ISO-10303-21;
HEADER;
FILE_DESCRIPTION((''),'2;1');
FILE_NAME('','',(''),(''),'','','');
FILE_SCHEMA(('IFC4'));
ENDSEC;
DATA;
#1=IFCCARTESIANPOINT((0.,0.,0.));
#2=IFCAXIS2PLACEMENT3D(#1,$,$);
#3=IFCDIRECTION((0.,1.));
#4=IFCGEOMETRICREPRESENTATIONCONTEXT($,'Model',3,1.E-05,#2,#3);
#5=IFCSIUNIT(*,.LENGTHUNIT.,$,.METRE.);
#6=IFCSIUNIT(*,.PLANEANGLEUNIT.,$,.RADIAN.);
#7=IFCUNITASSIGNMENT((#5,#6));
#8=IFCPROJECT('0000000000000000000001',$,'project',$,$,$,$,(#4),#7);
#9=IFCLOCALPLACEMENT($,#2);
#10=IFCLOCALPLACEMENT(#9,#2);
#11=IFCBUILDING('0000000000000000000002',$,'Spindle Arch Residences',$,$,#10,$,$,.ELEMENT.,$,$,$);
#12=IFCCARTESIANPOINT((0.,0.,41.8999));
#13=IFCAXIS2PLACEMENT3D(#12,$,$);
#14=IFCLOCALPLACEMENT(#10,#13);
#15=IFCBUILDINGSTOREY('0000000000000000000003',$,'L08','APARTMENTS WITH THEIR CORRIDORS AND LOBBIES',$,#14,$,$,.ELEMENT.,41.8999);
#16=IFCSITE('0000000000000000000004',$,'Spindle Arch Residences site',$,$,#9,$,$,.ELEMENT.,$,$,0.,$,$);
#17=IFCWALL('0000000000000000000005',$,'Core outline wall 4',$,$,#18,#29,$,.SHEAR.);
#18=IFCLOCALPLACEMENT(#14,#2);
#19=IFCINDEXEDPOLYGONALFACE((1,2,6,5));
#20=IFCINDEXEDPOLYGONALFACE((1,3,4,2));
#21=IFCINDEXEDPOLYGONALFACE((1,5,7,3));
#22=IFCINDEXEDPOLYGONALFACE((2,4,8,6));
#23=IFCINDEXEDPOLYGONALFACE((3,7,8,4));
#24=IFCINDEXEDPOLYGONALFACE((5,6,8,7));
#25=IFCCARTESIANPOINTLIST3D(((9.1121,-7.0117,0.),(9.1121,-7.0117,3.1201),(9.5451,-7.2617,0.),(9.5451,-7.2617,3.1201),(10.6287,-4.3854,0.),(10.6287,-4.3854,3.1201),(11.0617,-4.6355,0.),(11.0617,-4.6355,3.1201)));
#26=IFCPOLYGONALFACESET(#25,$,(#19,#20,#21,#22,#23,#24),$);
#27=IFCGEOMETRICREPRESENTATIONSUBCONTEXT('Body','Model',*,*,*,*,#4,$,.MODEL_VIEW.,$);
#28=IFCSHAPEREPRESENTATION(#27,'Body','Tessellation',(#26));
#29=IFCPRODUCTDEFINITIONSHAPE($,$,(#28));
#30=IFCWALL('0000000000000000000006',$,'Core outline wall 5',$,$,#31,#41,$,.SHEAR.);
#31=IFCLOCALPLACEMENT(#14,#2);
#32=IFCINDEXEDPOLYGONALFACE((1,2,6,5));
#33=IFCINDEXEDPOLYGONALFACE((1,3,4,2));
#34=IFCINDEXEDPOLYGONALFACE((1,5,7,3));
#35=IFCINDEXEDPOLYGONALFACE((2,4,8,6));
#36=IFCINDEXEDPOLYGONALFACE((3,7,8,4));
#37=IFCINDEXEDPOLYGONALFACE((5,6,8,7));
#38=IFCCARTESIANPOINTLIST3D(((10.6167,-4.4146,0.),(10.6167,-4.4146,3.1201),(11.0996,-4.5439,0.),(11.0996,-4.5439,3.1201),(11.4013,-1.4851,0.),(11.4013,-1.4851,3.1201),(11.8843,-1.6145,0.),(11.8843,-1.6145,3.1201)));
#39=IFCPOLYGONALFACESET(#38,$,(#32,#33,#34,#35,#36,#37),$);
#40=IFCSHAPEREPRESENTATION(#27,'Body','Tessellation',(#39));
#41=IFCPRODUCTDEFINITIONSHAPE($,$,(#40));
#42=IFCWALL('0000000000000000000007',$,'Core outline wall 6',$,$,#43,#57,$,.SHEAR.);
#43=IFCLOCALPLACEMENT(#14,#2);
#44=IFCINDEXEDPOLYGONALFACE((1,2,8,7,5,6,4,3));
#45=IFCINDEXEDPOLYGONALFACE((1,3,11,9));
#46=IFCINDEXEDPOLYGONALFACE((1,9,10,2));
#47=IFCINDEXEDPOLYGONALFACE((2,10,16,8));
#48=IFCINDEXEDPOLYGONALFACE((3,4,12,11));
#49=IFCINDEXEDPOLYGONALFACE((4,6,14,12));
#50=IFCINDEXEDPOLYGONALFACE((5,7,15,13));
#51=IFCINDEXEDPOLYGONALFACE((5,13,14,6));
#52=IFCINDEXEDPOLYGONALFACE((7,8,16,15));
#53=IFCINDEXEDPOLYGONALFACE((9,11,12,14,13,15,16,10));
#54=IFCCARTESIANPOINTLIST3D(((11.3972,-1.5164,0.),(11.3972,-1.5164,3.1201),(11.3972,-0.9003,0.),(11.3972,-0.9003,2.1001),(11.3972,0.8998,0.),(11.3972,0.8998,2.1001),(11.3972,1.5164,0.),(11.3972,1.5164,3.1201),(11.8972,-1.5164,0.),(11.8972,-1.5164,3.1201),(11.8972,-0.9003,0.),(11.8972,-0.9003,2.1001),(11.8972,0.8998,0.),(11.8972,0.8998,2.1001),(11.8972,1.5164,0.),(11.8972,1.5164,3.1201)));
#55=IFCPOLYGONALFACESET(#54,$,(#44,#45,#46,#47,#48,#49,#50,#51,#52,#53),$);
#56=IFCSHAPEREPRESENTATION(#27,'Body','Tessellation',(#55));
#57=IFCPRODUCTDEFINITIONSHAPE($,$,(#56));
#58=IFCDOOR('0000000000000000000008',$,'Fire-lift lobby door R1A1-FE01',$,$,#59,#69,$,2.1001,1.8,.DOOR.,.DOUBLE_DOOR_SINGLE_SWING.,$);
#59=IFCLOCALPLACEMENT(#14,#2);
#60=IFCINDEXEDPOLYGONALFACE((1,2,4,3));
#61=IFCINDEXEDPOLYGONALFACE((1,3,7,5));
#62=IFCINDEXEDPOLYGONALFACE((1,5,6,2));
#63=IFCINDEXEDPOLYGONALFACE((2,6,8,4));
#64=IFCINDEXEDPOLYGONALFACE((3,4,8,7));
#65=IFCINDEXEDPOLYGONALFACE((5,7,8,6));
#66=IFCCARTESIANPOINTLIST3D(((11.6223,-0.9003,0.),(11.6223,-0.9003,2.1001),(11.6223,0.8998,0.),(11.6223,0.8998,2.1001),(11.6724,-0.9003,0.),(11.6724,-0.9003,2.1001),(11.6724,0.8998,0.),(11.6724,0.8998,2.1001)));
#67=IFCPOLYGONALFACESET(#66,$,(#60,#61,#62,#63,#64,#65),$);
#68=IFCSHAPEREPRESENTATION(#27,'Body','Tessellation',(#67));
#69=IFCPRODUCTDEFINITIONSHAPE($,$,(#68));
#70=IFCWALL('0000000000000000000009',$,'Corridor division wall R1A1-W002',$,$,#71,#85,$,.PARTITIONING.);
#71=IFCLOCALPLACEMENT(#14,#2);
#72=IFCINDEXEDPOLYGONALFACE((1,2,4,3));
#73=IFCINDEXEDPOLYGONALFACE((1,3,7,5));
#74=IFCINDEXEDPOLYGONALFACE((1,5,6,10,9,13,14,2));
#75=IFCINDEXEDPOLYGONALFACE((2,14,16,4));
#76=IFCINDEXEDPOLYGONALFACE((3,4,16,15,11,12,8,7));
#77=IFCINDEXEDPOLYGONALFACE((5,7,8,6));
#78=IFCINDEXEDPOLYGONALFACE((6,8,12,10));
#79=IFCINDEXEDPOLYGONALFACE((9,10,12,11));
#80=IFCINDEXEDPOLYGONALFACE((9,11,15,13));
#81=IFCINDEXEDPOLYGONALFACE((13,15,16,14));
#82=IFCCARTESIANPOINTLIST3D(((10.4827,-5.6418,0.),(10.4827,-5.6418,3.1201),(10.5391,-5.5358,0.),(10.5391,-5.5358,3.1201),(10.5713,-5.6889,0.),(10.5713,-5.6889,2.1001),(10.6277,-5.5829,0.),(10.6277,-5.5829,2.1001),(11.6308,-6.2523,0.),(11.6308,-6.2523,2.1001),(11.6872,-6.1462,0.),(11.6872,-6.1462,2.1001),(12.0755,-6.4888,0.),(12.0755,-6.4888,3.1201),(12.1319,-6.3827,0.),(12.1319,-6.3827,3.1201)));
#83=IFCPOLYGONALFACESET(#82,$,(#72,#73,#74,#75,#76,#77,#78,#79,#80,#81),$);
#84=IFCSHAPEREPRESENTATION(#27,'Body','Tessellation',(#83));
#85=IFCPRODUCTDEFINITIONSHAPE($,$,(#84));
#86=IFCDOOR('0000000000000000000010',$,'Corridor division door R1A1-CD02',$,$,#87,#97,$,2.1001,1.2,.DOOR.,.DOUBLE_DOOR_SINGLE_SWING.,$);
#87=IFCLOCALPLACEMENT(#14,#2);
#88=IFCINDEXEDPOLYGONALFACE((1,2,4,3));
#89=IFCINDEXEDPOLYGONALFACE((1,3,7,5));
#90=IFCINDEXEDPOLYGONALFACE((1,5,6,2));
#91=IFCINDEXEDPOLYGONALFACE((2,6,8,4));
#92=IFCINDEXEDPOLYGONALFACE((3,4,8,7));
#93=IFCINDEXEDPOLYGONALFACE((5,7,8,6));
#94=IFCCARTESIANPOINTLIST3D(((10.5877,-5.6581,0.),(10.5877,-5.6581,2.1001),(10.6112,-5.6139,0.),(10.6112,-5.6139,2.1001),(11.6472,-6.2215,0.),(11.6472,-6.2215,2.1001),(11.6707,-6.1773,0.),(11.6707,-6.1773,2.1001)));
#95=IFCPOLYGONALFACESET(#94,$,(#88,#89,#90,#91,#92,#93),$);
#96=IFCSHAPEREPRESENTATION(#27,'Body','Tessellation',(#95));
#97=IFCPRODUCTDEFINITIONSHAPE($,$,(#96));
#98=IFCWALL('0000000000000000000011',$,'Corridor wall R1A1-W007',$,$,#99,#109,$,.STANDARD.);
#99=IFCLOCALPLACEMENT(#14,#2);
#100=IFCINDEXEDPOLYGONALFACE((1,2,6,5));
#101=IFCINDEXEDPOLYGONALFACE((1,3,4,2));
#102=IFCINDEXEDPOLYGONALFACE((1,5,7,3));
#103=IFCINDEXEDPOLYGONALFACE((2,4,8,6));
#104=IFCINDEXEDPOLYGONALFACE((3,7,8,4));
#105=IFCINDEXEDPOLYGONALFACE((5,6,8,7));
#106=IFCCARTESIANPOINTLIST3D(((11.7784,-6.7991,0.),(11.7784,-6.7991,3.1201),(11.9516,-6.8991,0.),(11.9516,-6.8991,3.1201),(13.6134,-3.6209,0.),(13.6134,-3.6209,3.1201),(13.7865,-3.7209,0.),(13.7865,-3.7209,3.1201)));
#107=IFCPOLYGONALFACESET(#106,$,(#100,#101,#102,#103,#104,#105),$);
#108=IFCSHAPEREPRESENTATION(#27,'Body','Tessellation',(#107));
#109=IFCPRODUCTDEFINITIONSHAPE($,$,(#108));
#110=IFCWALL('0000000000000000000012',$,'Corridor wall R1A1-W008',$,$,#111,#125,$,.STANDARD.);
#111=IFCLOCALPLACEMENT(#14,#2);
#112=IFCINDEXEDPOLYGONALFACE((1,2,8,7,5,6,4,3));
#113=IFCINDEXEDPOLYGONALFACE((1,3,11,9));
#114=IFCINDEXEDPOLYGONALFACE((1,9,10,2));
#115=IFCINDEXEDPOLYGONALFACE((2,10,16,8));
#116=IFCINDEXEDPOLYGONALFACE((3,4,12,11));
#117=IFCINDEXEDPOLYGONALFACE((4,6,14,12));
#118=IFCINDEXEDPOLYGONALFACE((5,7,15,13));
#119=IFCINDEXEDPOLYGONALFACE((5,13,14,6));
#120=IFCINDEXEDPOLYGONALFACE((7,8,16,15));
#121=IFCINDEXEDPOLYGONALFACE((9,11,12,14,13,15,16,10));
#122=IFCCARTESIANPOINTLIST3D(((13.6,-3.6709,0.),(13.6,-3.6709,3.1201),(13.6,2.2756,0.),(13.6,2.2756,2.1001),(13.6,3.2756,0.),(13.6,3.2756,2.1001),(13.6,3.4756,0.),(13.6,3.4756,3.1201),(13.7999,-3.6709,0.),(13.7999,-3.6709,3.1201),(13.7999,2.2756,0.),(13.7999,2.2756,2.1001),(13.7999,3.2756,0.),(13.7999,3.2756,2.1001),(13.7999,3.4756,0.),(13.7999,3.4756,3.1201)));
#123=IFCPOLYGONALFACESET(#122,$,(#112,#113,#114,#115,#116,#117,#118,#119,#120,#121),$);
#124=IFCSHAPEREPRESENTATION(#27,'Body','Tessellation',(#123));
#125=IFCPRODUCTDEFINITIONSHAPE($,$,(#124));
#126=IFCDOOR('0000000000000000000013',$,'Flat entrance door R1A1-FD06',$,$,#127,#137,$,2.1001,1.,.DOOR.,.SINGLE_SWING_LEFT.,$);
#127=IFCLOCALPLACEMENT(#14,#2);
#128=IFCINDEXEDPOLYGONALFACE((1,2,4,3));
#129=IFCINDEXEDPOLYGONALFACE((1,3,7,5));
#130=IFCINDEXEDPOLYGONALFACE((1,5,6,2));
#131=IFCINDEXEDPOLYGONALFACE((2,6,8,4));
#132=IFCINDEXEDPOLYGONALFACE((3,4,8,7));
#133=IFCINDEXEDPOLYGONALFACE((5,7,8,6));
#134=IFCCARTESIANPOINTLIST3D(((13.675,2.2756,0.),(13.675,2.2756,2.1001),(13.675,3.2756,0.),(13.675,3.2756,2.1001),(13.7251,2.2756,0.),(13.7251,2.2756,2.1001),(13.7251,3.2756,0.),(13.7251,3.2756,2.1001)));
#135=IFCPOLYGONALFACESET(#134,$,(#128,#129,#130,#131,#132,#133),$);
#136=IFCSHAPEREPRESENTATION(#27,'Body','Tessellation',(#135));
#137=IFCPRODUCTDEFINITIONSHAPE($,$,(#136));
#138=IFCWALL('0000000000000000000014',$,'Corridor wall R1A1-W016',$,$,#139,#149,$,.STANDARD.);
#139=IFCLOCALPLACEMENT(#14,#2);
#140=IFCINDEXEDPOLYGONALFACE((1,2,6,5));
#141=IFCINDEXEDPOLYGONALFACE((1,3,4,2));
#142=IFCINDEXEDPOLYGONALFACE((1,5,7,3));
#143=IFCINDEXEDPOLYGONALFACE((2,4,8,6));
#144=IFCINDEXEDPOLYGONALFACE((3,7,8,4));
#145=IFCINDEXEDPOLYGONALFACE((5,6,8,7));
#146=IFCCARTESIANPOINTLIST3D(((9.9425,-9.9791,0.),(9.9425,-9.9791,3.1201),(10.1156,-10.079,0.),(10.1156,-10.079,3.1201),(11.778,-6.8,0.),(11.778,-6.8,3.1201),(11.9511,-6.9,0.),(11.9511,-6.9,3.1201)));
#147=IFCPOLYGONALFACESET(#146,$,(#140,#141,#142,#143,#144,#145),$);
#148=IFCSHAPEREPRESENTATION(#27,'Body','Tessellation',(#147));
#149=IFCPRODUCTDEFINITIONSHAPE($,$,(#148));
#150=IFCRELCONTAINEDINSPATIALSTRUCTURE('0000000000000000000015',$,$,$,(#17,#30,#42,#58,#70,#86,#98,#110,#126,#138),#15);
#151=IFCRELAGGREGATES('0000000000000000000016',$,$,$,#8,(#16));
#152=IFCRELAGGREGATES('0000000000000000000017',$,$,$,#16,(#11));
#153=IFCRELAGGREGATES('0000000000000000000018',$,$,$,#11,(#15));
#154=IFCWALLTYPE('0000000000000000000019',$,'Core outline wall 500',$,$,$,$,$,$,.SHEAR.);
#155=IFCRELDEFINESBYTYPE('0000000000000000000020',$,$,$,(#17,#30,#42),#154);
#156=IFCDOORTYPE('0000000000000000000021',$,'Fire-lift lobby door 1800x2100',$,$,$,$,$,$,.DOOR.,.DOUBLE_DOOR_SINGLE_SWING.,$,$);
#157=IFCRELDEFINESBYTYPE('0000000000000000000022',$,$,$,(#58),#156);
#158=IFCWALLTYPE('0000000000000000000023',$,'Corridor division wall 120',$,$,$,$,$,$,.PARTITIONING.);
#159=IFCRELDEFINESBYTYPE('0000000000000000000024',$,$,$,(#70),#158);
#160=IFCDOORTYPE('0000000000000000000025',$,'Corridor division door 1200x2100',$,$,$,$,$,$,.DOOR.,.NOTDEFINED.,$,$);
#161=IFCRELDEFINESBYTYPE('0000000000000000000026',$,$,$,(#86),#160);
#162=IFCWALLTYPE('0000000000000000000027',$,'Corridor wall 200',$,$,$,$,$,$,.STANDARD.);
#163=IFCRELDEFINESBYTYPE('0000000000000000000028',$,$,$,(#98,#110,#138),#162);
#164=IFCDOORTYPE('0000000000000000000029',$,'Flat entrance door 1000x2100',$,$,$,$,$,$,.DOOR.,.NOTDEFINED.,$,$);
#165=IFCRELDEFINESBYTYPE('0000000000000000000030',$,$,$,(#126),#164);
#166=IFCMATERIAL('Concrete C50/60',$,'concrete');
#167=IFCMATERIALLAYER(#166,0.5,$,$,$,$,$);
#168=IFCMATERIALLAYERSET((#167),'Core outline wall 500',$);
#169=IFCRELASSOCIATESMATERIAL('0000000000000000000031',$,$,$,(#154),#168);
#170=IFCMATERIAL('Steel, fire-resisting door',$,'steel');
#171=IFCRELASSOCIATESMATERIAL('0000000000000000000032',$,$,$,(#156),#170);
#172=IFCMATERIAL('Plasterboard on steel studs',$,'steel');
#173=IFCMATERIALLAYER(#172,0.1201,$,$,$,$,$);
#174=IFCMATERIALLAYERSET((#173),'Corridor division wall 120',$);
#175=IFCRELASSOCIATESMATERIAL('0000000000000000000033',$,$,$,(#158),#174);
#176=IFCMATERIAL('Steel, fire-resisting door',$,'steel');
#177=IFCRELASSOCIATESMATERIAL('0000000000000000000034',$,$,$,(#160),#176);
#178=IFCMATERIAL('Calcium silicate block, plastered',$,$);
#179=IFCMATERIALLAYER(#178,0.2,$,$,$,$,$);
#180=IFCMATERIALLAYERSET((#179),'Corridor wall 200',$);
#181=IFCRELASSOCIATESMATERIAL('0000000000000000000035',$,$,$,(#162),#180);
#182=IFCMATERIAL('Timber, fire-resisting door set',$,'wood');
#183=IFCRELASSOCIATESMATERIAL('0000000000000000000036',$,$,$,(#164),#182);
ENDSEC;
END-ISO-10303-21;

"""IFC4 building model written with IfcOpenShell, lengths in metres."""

from ifc_helpers import new_model, si_unit, direction, frame, frame_2d, origin, place, context, subcontext, project, spatial, rectangle, extrude, material, layer, layer_set, type_object, element, fill, save


model = new_model("IFC4")

# Units and contexts
model_context = context("Model", 3, precision=1e-05, world=origin(), true_north=direction((0.0, 1.0)))
body_context = subcontext(model_context, "Body", "Model", "MODEL_VIEW")
ifc_project = project(units=[si_unit("LENGTHUNIT", "METRE"), si_unit("PLANEANGLEUNIT", "RADIAN")], contexts=[model_context])

# Site, building, storey
site_placement = place(None, origin())
site = spatial("IfcSite", under=ifc_project, at=site_placement, Name="Spindle Arch Residences site", CompositionType="ELEMENT", RefElevation=0.0)
building_placement = place(site_placement, origin())
building = spatial("IfcBuilding", under=site, at=building_placement, Name="Spindle Arch Residences", CompositionType="ELEMENT")
storey_placement = place(building_placement, frame((0.0, 0.0, 41.8999)))
storey = spatial("IfcBuildingStorey", under=building, at=storey_placement, Name="L08", Description="APARTMENTS WITH THEIR CORRIDORS AND LOBBIES", CompositionType="ELEMENT", Elevation=41.8999)

# Walls
ifc_material_1 = material(Name="Concrete C50/60", Category="concrete")
ifc_layer_1 = layer(ifc_material_1, 0.5)
ifc_layer_set_1 = layer_set([ifc_layer_1], Name="Core outline wall 500")
wall_type_1 = type_object("IfcWallType", Name="Core outline wall 500", PredefinedType="SHEAR", material=ifc_layer_set_1)
for number, where, z_axis, x_axis, name in (
    (1, (9.3286, -7.1367, 0.0), (0.0, 0.0, 1.0), (0.500087, 0.865975, 0.0), "Core outline wall 4"),
    (2, (10.8582, -4.4792, 0.0), (0.0, 0.0, 1.0), (0.258735, 0.965948, 0.0), "Core outline wall 5"),
):
    element("IfcWall", number, at=place(storey_placement, frame(where, z_axis=z_axis, x_axis=x_axis)), inside=storey, type_object=wall_type_1, Name=name, PredefinedType="SHEAR", context=body_context, shape_type="SweptSolid", body=[
        extrude(rectangle(XDim=3.0327, YDim=0.5, at=frame_2d((1.5164, 0.0))), origin(), (0.0, 0.0, 1.0), 3.1201),
    ])

# Walls, openings, doors
wall_1_placement = place(storey_placement, frame((11.6472, -1.5164, 0.0), z_axis=(0.0, 0.0, 1.0), x_axis=(0.0, 1.0, 0.0)))
wall_1 = element("IfcWall", 3, at=wall_1_placement, inside=storey, type_object=wall_type_1, Name="Core outline wall 6", PredefinedType="SHEAR", context=body_context, shape_type="SweptSolid", body=[
    extrude(rectangle(XDim=3.0327, YDim=0.5, at=frame_2d((1.5164, 0.0))), origin(), (0.0, 0.0, 1.0), 3.1201),
])
opening_1_placement = place(wall_1_placement, frame((0.6162, 0.0, 0.0)))
opening_1 = element("IfcOpeningElement", 4, at=opening_1_placement, cuts=wall_1, PredefinedType="OPENING", context=body_context, shape_type="SweptSolid", body=[
    extrude(rectangle(XDim=1.8, YDim=2.1001, at=frame_2d((0.8999, 1.05))), frame((0.0, 0.26, 0.0), z_axis=(0.0, -1.0, 0.0), x_axis=(1.0, 0.0, 0.0)), (0.0, 0.0, 1.0), 0.52),
])
ifc_material_2 = material(Name="Steel, fire-resisting door", Category="steel")
door_type_1 = type_object("IfcDoorType", Name="Fire-lift lobby door 1800x2100", OperationType="DOUBLE_DOOR_SINGLE_SWING", PredefinedType="DOOR", material=ifc_material_2)
door_1_placement = place(opening_1_placement, origin())
door_1 = element("IfcDoor", 5, at=door_1_placement, inside=storey, type_object=door_type_1, Name="Fire-lift lobby door R1A1-FE01", OperationType="DOUBLE_DOOR_SINGLE_SWING", OverallHeight=2.1001, OverallWidth=1.8, PredefinedType="DOOR", context=body_context, shape_type="SweptSolid", body=[
    extrude(rectangle(XDim=1.8, YDim=2.1001, at=frame_2d((0.8999, 1.05))), frame((0.0, 0.0249, 0.0), z_axis=(0.0, -1.0, 0.0), x_axis=(1.0, 0.0, 0.0)), (0.0, 0.0, 1.0), 0.05),
])
fill(opening_1, door_1)
ifc_material_3 = material(Name="Plasterboard on steel studs", Category="steel")
ifc_layer_2 = layer(ifc_material_3, 0.1201)
ifc_layer_set_2 = layer_set([ifc_layer_2], Name="Corridor division wall 120")
wall_type_2 = type_object("IfcWallType", Name="Corridor division wall 120", PredefinedType="PARTITIONING", material=ifc_layer_set_2)
wall_2_placement = place(storey_placement, frame((10.511, -5.5889, 0.0), z_axis=(0.0, 0.0, 1.0), x_axis=(0.88294, -0.469485, 0.0)))
wall_2 = element("IfcWall", 6, at=wall_2_placement, inside=storey, type_object=wall_type_2, Name="Corridor division wall R1A1-W002", PredefinedType="PARTITIONING", context=body_context, shape_type="SweptSolid", body=[
    extrude(rectangle(XDim=1.804, YDim=0.1201, at=frame_2d((0.9019, 0.0))), origin(), (0.0, 0.0, 1.0), 3.1201),
])
opening_2_placement = place(wall_2_placement, frame((0.1001, 0.0, 0.0)))
opening_2 = element("IfcOpeningElement", 7, at=opening_2_placement, cuts=wall_2, PredefinedType="OPENING", context=body_context, shape_type="SweptSolid", body=[
    extrude(rectangle(XDim=1.2, YDim=2.1001, at=frame_2d((0.6001, 1.05))), frame((0.0, 0.0701, 0.0), z_axis=(0.0, -1.0, 0.0), x_axis=(1.0, 0.0, 0.0)), (0.0, 0.0, 1.0), 0.1401),
])
ifc_material_4 = material(Name="Steel, fire-resisting door", Category="steel")
door_type_2 = type_object("IfcDoorType", Name="Corridor division door 1200x2100", OperationType="NOTDEFINED", PredefinedType="DOOR", material=ifc_material_4)
door_2_placement = place(opening_2_placement, origin())
door_2 = element("IfcDoor", 8, at=door_2_placement, inside=storey, type_object=door_type_2, Name="Corridor division door R1A1-CD02", OperationType="DOUBLE_DOOR_SINGLE_SWING", OverallHeight=2.1001, OverallWidth=1.2, PredefinedType="DOOR", context=body_context, shape_type="SweptSolid", body=[
    extrude(rectangle(XDim=1.2, YDim=2.1001, at=frame_2d((0.6001, 1.05))), frame((0.0, 0.0249, 0.0), z_axis=(0.0, -1.0, 0.0), x_axis=(1.0, 0.0, 0.0)), (0.0, 0.0, 1.0), 0.05),
])
fill(opening_2, door_2)

# Wall
ifc_material_5 = material(Name="Calcium silicate block, plastered")
ifc_layer_3 = layer(ifc_material_5, 0.2)
ifc_layer_set_3 = layer_set([ifc_layer_3], Name="Corridor wall 200")
wall_type_3 = type_object("IfcWallType", Name="Corridor wall 200", PredefinedType="STANDARD", material=ifc_layer_set_3)
wall_3_placement = place(storey_placement, frame((11.865, -6.8491, 0.0), z_axis=(0.0, 0.0, 1.0), x_axis=(0.500003, 0.866024, 0.0)))
element("IfcWall", 9, at=wall_3_placement, inside=storey, type_object=wall_type_3, Name="Corridor wall R1A1-W007", PredefinedType="STANDARD", context=body_context, shape_type="SweptSolid", body=[
    extrude(rectangle(XDim=3.6699, YDim=0.2, at=frame_2d((1.835, 0.0))), origin(), (0.0, 0.0, 1.0), 3.1201),
])

# Wall, opening, door
wall_4_placement = place(storey_placement, frame((13.7, -3.6709, 0.0), z_axis=(0.0, 0.0, 1.0), x_axis=(0.0, 1.0, 0.0)))
wall_4 = element("IfcWall", 10, at=wall_4_placement, inside=storey, type_object=wall_type_3, Name="Corridor wall R1A1-W008", PredefinedType="STANDARD", context=body_context, shape_type="SweptSolid", body=[
    extrude(rectangle(XDim=7.1465, YDim=0.2, at=frame_2d((3.5732, 0.0))), origin(), (0.0, 0.0, 1.0), 3.1201),
])
opening_3_placement = place(wall_4_placement, frame((5.9465, 0.0, 0.0)))
opening_3 = element("IfcOpeningElement", 11, at=opening_3_placement, cuts=wall_4, PredefinedType="OPENING", context=body_context, shape_type="SweptSolid", body=[
    extrude(rectangle(XDim=1.0, YDim=2.1001, at=frame_2d((0.5, 1.05))), frame((0.0, 0.1099, 0.0), z_axis=(0.0, -1.0, 0.0), x_axis=(1.0, 0.0, 0.0)), (0.0, 0.0, 1.0), 0.22),
])
ifc_material_6 = material(Name="Timber, fire-resisting door set", Category="wood")
door_type_3 = type_object("IfcDoorType", Name="Flat entrance door 1000x2100", OperationType="NOTDEFINED", PredefinedType="DOOR", material=ifc_material_6)
door_3_placement = place(opening_3_placement, origin())
door_3 = element("IfcDoor", 12, at=door_3_placement, inside=storey, type_object=door_type_3, Name="Flat entrance door R1A1-FD06", OperationType="SINGLE_SWING_LEFT", OverallHeight=2.1001, OverallWidth=1.0, PredefinedType="DOOR", context=body_context, shape_type="SweptSolid", body=[
    extrude(rectangle(XDim=1.0, YDim=2.1001, at=frame_2d((0.5, 1.05))), frame((0.0, 0.0249, 0.0), z_axis=(0.0, -1.0, 0.0), x_axis=(1.0, 0.0, 0.0)), (0.0, 0.0, 1.0), 0.05),
])
fill(opening_3, door_3)

# Wall
wall_5_placement = place(storey_placement, frame((10.0291, -10.0291, 0.0), z_axis=(0.0, 0.0, 1.0), x_axis=(0.500016, 0.866016, 0.0)))
element("IfcWall", 13, at=wall_5_placement, inside=storey, type_object=wall_type_3, Name="Corridor wall R1A1-W016", PredefinedType="STANDARD", context=body_context, shape_type="SweptSolid", body=[
    extrude(rectangle(XDim=3.6709, YDim=0.2, at=frame_2d((1.8354, 0.0))), origin(), (0.0, 0.0, 1.0), 3.1201),
])

save(model, "model.ifc")
